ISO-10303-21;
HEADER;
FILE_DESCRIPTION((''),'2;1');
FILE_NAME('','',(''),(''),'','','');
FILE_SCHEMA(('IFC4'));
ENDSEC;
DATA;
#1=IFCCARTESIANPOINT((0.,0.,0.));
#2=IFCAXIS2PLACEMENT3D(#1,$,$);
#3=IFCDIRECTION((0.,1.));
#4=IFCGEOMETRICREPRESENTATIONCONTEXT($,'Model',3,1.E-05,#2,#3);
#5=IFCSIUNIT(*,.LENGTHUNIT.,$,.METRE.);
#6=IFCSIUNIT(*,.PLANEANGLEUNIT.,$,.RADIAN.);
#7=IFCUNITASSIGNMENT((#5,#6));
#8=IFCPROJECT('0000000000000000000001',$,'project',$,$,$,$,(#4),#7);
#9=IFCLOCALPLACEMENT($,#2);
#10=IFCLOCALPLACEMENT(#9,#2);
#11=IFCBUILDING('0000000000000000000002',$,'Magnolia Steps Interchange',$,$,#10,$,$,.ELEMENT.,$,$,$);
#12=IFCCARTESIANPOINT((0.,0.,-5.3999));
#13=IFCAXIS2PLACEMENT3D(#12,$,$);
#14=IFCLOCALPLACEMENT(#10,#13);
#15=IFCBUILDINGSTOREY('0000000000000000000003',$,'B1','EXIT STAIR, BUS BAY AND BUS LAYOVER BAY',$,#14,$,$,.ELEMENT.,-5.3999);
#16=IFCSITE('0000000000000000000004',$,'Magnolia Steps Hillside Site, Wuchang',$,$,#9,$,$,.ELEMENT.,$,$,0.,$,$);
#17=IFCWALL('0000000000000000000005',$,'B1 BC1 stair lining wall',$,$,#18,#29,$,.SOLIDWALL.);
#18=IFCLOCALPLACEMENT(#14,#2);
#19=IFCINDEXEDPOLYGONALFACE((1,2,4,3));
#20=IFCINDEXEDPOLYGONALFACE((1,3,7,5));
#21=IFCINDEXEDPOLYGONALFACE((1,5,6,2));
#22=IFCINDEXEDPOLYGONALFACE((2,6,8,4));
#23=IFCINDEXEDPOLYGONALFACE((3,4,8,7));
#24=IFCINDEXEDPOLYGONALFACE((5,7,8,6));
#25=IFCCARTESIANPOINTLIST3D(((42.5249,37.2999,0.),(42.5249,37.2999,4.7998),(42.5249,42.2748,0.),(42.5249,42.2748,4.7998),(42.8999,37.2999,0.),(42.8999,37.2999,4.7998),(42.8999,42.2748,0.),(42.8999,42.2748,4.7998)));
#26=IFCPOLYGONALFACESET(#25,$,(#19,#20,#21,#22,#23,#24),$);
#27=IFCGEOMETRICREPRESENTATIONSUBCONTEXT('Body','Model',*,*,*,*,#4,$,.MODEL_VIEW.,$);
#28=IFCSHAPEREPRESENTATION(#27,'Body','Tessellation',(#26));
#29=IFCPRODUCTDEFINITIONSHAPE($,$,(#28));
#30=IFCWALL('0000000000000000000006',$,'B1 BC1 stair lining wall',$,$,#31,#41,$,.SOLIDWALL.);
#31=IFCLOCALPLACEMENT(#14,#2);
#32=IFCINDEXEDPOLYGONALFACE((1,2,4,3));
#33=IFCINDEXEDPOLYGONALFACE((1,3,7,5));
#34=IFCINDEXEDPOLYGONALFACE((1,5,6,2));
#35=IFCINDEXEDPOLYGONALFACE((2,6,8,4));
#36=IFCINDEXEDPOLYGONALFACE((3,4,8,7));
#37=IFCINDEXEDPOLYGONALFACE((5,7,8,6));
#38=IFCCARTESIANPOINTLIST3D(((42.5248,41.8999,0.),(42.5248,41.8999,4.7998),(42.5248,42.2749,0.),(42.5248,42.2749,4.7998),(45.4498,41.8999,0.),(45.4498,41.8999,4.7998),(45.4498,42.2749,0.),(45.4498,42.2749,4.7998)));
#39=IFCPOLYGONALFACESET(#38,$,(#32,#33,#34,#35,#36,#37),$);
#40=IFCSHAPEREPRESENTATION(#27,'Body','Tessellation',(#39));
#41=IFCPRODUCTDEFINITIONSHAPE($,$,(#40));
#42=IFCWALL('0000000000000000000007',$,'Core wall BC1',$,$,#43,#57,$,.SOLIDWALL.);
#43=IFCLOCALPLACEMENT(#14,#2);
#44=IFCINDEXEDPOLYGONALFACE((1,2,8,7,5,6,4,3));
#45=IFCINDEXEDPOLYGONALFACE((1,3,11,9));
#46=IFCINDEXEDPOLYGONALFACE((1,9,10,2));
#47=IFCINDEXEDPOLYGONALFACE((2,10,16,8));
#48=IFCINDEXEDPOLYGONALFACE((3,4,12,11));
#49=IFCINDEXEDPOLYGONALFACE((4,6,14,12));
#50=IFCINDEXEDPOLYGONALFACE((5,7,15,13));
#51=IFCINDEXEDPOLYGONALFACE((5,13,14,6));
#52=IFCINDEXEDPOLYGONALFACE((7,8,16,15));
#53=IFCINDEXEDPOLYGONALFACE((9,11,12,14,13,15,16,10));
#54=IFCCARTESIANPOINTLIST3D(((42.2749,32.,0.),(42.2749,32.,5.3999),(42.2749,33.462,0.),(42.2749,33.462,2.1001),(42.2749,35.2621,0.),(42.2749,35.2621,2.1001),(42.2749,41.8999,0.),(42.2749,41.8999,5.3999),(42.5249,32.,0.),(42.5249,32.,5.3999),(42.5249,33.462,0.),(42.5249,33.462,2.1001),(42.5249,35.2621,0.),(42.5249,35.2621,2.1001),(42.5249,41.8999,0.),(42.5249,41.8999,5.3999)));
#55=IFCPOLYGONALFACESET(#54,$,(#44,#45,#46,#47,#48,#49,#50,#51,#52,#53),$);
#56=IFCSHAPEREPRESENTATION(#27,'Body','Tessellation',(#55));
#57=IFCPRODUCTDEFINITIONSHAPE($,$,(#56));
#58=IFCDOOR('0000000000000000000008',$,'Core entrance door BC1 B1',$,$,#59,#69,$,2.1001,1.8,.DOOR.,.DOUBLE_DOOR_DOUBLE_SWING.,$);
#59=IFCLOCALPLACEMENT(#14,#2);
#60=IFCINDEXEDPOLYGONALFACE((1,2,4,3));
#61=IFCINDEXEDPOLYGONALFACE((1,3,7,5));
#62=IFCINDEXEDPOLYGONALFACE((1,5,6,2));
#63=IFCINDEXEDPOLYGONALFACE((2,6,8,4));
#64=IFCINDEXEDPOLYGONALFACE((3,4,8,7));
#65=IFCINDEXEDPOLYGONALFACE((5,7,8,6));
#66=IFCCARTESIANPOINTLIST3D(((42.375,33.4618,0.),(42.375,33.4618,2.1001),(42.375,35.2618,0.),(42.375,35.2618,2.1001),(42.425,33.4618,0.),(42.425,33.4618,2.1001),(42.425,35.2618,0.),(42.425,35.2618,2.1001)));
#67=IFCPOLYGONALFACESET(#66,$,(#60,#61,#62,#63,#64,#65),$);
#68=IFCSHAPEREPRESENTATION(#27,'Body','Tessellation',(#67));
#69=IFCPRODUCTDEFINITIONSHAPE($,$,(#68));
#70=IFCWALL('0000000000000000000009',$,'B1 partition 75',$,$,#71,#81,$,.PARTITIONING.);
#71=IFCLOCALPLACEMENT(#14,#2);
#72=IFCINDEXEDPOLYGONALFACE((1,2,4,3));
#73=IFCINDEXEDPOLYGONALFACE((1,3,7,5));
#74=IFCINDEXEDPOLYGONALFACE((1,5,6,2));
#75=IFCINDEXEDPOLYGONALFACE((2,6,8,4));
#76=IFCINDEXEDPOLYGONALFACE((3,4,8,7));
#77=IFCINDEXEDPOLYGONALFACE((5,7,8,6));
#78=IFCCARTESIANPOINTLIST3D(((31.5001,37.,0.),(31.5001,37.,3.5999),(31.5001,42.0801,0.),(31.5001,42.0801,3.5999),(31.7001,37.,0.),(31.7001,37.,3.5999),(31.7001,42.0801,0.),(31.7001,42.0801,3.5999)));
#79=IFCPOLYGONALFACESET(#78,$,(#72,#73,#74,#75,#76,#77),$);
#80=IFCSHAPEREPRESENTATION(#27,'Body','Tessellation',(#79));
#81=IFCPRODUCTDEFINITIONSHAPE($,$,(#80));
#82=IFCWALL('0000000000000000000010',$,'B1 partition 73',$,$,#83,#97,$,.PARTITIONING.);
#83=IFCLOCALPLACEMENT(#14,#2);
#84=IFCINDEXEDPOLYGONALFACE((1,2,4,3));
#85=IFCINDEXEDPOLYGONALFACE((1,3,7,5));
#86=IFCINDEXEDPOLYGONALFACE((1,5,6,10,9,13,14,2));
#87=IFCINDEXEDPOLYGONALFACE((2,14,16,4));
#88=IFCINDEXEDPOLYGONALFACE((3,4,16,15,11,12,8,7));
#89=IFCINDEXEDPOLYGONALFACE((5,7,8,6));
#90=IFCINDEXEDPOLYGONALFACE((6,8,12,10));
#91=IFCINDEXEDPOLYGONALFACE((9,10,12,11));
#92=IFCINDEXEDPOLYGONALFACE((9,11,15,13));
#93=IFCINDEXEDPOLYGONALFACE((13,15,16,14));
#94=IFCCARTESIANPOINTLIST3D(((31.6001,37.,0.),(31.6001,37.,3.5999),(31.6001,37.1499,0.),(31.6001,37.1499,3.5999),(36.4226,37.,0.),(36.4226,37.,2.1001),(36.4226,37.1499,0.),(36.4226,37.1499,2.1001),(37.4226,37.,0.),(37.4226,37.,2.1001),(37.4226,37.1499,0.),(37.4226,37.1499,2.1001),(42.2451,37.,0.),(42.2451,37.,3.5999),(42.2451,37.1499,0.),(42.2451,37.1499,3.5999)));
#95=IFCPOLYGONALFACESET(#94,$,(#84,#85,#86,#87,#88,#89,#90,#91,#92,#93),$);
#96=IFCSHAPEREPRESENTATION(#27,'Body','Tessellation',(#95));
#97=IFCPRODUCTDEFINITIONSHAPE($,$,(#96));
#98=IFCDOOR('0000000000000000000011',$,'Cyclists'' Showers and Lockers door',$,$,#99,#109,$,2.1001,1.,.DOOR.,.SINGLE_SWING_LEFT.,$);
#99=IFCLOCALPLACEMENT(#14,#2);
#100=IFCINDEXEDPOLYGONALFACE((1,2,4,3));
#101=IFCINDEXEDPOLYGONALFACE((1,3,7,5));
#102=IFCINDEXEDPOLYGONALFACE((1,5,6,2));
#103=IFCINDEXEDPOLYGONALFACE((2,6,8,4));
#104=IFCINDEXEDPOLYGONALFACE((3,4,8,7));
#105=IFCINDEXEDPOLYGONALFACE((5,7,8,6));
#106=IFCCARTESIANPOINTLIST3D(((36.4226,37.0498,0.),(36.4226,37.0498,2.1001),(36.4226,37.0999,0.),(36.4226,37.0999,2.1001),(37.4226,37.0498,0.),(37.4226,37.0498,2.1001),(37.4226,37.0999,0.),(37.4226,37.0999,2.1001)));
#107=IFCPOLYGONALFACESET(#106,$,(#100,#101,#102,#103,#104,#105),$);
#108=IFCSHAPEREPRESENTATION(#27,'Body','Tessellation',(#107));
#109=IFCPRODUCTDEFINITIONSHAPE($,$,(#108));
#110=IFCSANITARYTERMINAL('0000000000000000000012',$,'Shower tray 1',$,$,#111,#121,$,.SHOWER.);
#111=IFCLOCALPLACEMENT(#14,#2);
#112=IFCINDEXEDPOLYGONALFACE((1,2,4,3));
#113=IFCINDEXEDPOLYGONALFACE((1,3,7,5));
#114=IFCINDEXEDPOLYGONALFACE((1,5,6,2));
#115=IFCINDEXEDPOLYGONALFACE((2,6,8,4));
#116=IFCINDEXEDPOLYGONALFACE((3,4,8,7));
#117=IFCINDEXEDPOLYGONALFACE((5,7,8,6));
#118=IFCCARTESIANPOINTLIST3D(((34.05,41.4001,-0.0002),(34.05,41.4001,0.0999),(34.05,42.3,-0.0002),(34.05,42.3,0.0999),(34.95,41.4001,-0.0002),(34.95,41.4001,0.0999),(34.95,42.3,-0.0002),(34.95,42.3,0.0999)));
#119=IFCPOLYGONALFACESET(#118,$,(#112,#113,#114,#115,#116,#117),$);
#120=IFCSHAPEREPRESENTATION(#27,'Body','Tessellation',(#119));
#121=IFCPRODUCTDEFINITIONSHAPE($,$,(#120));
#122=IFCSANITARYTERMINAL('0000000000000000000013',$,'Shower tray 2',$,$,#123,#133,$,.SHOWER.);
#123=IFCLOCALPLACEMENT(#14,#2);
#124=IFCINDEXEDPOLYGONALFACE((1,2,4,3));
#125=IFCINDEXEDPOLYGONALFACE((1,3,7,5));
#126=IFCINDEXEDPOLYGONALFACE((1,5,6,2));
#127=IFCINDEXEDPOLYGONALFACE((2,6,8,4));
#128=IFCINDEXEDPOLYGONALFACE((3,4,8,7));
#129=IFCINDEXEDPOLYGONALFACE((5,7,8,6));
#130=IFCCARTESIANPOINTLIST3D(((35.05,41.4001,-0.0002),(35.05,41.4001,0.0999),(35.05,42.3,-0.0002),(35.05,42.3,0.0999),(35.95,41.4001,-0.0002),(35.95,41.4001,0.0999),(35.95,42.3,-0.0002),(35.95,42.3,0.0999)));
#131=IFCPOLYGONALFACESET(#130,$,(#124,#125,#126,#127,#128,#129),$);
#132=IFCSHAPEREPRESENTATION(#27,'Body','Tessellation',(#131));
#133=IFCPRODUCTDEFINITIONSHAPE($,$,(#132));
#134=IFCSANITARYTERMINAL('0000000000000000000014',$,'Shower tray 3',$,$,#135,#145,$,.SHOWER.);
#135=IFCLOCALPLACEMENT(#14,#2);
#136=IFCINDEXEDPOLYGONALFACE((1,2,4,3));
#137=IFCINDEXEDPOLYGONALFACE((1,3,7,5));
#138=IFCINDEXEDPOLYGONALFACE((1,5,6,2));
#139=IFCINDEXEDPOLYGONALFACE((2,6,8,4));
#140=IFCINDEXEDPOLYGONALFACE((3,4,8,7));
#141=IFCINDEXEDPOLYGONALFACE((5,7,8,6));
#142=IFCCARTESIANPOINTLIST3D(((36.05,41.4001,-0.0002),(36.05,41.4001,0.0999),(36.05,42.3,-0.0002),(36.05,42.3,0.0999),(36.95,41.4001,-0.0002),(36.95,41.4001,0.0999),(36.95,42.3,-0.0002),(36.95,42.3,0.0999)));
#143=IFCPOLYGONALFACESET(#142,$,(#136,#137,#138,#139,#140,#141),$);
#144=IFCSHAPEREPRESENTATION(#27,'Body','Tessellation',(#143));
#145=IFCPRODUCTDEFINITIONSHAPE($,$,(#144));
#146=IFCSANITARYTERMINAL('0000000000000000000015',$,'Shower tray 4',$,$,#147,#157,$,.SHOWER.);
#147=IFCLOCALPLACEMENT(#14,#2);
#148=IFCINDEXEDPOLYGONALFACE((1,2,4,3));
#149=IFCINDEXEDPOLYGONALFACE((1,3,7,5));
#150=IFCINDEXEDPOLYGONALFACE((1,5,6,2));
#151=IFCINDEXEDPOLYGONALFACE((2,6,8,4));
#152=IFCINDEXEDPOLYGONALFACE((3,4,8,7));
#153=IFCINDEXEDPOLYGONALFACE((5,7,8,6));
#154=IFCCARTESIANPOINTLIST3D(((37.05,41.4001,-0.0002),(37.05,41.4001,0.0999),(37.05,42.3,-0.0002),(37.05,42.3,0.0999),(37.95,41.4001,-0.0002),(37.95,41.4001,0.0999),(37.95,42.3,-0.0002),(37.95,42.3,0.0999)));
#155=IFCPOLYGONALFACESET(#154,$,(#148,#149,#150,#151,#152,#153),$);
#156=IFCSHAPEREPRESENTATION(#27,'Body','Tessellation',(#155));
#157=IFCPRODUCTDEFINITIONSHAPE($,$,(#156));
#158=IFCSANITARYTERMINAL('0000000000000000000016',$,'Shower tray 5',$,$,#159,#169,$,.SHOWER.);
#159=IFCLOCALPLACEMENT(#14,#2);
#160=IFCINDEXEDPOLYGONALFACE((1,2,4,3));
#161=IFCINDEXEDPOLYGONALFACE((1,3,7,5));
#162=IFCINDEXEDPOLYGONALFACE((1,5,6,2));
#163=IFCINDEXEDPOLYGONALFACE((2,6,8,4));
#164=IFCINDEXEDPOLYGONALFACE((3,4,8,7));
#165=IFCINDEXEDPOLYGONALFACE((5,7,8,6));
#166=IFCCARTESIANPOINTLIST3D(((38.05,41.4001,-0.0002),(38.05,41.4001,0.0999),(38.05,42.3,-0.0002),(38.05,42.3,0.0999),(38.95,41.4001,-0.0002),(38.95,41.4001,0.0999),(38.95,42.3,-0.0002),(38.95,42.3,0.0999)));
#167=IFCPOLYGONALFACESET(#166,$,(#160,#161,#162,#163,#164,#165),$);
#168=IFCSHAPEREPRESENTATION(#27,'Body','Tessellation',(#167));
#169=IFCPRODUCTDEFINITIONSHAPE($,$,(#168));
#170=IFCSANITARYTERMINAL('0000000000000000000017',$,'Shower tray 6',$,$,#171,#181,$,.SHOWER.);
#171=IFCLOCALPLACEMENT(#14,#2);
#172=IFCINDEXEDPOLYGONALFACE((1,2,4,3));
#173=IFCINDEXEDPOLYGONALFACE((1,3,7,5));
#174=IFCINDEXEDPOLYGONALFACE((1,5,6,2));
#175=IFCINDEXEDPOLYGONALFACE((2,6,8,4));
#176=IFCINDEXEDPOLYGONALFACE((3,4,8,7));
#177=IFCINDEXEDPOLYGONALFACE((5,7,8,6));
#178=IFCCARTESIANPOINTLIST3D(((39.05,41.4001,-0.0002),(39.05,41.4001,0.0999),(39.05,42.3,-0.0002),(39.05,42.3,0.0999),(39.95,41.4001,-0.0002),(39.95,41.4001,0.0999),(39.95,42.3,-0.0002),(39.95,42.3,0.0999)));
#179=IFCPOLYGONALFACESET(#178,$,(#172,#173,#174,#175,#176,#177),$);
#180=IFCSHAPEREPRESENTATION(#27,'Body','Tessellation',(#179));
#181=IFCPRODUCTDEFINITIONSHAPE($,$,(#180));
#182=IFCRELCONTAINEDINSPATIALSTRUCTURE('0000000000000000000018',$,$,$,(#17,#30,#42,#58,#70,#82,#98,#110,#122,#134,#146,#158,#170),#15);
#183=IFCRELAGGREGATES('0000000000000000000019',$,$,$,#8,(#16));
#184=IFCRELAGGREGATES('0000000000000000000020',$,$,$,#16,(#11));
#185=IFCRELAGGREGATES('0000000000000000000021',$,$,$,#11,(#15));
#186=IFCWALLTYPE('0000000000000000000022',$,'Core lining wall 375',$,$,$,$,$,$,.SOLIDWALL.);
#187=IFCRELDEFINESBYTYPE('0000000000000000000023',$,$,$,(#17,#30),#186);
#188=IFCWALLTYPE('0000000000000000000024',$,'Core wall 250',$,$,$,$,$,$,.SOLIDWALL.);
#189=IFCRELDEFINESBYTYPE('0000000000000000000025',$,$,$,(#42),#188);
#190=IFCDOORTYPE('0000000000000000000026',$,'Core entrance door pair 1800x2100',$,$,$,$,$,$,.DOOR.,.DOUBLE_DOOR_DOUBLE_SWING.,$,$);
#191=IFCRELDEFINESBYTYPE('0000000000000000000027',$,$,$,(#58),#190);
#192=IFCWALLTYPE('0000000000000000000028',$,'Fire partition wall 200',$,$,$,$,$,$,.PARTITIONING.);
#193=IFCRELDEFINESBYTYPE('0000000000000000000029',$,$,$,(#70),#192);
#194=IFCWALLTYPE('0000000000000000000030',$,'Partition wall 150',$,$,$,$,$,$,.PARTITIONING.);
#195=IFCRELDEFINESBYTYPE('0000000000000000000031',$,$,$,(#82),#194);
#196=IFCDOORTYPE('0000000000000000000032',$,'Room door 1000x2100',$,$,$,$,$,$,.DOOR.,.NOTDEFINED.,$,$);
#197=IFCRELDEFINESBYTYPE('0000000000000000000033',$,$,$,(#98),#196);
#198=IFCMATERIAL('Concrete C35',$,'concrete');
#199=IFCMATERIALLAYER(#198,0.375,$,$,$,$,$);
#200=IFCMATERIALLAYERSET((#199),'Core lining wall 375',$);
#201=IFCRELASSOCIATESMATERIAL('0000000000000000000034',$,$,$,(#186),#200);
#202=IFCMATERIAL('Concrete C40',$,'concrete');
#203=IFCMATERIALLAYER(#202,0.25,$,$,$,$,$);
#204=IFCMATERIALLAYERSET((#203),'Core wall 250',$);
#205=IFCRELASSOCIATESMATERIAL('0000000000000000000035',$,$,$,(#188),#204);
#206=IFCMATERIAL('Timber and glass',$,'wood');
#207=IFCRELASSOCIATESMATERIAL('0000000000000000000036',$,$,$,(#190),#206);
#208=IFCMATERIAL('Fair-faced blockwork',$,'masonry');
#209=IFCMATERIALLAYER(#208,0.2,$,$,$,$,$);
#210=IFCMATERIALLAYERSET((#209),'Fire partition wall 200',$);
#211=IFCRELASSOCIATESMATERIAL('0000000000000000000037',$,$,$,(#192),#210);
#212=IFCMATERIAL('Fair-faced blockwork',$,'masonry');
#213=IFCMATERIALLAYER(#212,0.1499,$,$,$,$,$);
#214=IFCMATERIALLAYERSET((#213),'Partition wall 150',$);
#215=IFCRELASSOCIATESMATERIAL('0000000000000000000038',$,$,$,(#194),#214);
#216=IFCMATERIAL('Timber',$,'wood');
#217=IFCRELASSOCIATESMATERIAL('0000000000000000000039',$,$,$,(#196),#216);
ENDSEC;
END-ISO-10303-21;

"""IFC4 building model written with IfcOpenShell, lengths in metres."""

from ifc_helpers import new_model, si_unit, direction, frame, frame_2d, origin, origin_2d, place, context, subcontext, project, spatial, rectangle, extrude, material, layer, layer_set, type_object, element, fill, save


model = new_model("IFC4")

# Units and contexts
model_context = context("Model", 3, precision=1e-05, world=origin(), true_north=direction((0.0, 1.0)))
body_context = subcontext(model_context, "Body", "Model", "MODEL_VIEW")
ifc_project = project(units=[si_unit("LENGTHUNIT", "METRE"), si_unit("PLANEANGLEUNIT", "RADIAN")], contexts=[model_context])

# Site, building, storey
site_placement = place(None, origin())
site = spatial("IfcSite", under=ifc_project, at=site_placement, Name="Magnolia Steps Hillside Site, Wuchang", CompositionType="ELEMENT", RefElevation=0.0)
building_placement = place(site_placement, origin())
building = spatial("IfcBuilding", under=site, at=building_placement, Name="Magnolia Steps Interchange", CompositionType="ELEMENT")
storey_placement = place(building_placement, frame((0.0, 0.0, -5.3999)))
storey = spatial("IfcBuildingStorey", under=building, at=storey_placement, Name="B1", Description="EXIT STAIR, BUS BAY AND BUS LAYOVER BAY", CompositionType="ELEMENT", Elevation=-5.3999)

# Walls
ifc_material_1 = material(Name="Concrete C35", Category="concrete")
ifc_layer_1 = layer(ifc_material_1, 0.375)
ifc_layer_set_1 = layer_set([ifc_layer_1], Name="Core lining wall 375")
wall_type_1 = type_object("IfcWallType", Name="Core lining wall 375", PredefinedType="SOLIDWALL", material=ifc_layer_set_1)
wall_1_placement = place(storey_placement, frame((42.7124, 37.3, 0.0), z_axis=(0.0, 0.0, 1.0), x_axis=(0.0, 1.0, 0.0)))
element("IfcWall", 1, at=wall_1_placement, inside=storey, type_object=wall_type_1, Name="B1 BC1 stair lining wall", PredefinedType="SOLIDWALL", context=body_context, shape_type="SweptSolid", body=[
    extrude(rectangle(XDim=4.9749, YDim=0.375, at=frame_2d((2.4873, 0.0))), origin(), (0.0, 0.0, 1.0), 4.7998),
])
wall_2_placement = place(storey_placement, frame((42.5249, 42.0874, 0.0), z_axis=(0.0, 0.0, 1.0), x_axis=(1.0, 0.0, 0.0)))
element("IfcWall", 2, at=wall_2_placement, inside=storey, type_object=wall_type_1, Name="B1 BC1 stair lining wall", PredefinedType="SOLIDWALL", context=body_context, shape_type="SweptSolid", body=[
    extrude(rectangle(XDim=2.925, YDim=0.375, at=frame_2d((1.4624, 0.0))), origin(), (0.0, 0.0, 1.0), 4.7998),
])

# Wall, opening, door
ifc_material_2 = material(Name="Concrete C40", Category="concrete")
ifc_layer_2 = layer(ifc_material_2, 0.25)
ifc_layer_set_2 = layer_set([ifc_layer_2], Name="Core wall 250")
wall_type_2 = type_object("IfcWallType", Name="Core wall 250", PredefinedType="SOLIDWALL", material=ifc_layer_set_2)
wall_3_placement = place(storey_placement, frame((42.3999, 41.8999, 0.0), z_axis=(0.0, 0.0, 1.0), x_axis=(0.0, -1.0, 0.0)))
wall_3 = element("IfcWall", 3, at=wall_3_placement, inside=storey, type_object=wall_type_2, Name="Core wall BC1", PredefinedType="SOLIDWALL", context=body_context, shape_type="SweptSolid", body=[
    extrude(rectangle(XDim=9.8999, YDim=0.25, at=frame_2d((4.95, 0.0))), origin(), (0.0, 0.0, 1.0), 5.3999),
])
opening_1_placement = place(wall_3_placement, frame((6.6379, 0.0, 0.0)))
opening_1 = element("IfcOpeningElement", 4, at=opening_1_placement, cuts=wall_3, PredefinedType="OPENING", context=body_context, shape_type="SweptSolid", body=[
    extrude(rectangle(XDim=1.8, YDim=2.1001, at=frame_2d((0.8999, 1.05))), frame((0.0, 0.135, 0.0), z_axis=(0.0, -1.0, 0.0), x_axis=(1.0, 0.0, 0.0)), (0.0, 0.0, 1.0), 0.27),
])
ifc_material_3 = material(Name="Timber and glass", Category="wood")
door_type_1 = type_object("IfcDoorType", Name="Core entrance door pair 1800x2100", OperationType="DOUBLE_DOOR_DOUBLE_SWING", PredefinedType="DOOR", material=ifc_material_3)
door_1_placement = place(opening_1_placement, frame((1.8, 0.0, 0.0), z_axis=(0.0, 0.0, 1.0), x_axis=(-1.0, 0.0, 0.0)))
door_1 = element("IfcDoor", 5, at=door_1_placement, inside=storey, type_object=door_type_1, Name="Core entrance door BC1 B1", OperationType="DOUBLE_DOOR_DOUBLE_SWING", OverallHeight=2.1001, OverallWidth=1.8, PredefinedType="DOOR", context=body_context, shape_type="SweptSolid", body=[
    extrude(rectangle(XDim=1.8, YDim=2.1001, at=frame_2d((0.8999, 1.05))), frame((0.0, 0.0249, 0.0), z_axis=(0.0, -1.0, 0.0), x_axis=(1.0, 0.0, 0.0)), (0.0, 0.0, 1.0), 0.05),
])
fill(opening_1, door_1)

# Wall
ifc_material_4 = material(Name="Fair-faced blockwork", Category="masonry")
ifc_layer_3 = layer(ifc_material_4, 0.2)
ifc_layer_set_3 = layer_set([ifc_layer_3], Name="Fire partition wall 200")
wall_type_3 = type_object("IfcWallType", Name="Fire partition wall 200", PredefinedType="PARTITIONING", material=ifc_layer_set_3)
wall_4_placement = place(storey_placement, frame((31.6001, 37.0, 0.0), z_axis=(0.0, 0.0, 1.0), x_axis=(0.0, 1.0, 0.0)))
element("IfcWall", 6, at=wall_4_placement, inside=storey, type_object=wall_type_3, Name="B1 partition 75", PredefinedType="PARTITIONING", context=body_context, shape_type="SweptSolid", body=[
    extrude(rectangle(XDim=5.0801, YDim=0.2, at=frame_2d((2.54, 0.0))), origin(), (0.0, 0.0, 1.0), 3.5999),
])

# Wall, opening, door
ifc_material_5 = material(Name="Fair-faced blockwork", Category="masonry")
ifc_layer_4 = layer(ifc_material_5, 0.1499)
ifc_layer_set_4 = layer_set([ifc_layer_4], Name="Partition wall 150")
wall_type_4 = type_object("IfcWallType", Name="Partition wall 150", PredefinedType="PARTITIONING", material=ifc_layer_set_4)
wall_5_placement = place(storey_placement, frame((31.6001, 37.075, 0.0), z_axis=(0.0, 0.0, 1.0), x_axis=(1.0, 0.0, 0.0)))
wall_5 = element("IfcWall", 7, at=wall_5_placement, inside=storey, type_object=wall_type_4, Name="B1 partition 73", PredefinedType="PARTITIONING", context=body_context, shape_type="SweptSolid", body=[
    extrude(rectangle(XDim=10.645, YDim=0.1499, at=frame_2d((5.3225, 0.0))), origin(), (0.0, 0.0, 1.0), 3.5999),
])
opening_2_placement = place(wall_5_placement, frame((4.8225, 0.0, 0.0)))
opening_2 = element("IfcOpeningElement", 8, at=opening_2_placement, cuts=wall_5, PredefinedType="OPENING", context=body_context, shape_type="SweptSolid", body=[
    extrude(rectangle(XDim=1.0, YDim=2.1001, at=frame_2d((0.5, 1.05))), frame((0.0, 0.085, 0.0), z_axis=(0.0, -1.0, 0.0), x_axis=(1.0, 0.0, 0.0)), (0.0, 0.0, 1.0), 0.1699),
])
ifc_material_6 = material(Name="Timber", Category="wood")
door_type_2 = type_object("IfcDoorType", Name="Room door 1000x2100", OperationType="NOTDEFINED", PredefinedType="DOOR", material=ifc_material_6)
door_2_placement = place(opening_2_placement, origin())
door_2 = element("IfcDoor", 9, at=door_2_placement, inside=storey, type_object=door_type_2, Name="Cyclists' Showers and Lockers door", OperationType="SINGLE_SWING_LEFT", OverallHeight=2.1001, OverallWidth=1.0, PredefinedType="DOOR", context=body_context, shape_type="SweptSolid", body=[
    extrude(rectangle(XDim=1.0, YDim=2.1001, at=frame_2d((0.5, 1.05))), frame((0.0, 0.0249, 0.0), z_axis=(0.0, -1.0, 0.0), x_axis=(1.0, 0.0, 0.0)), (0.0, 0.0, 1.0), 0.05),
])
fill(opening_2, door_2)

# Sanitary terminals
for number, where, z_axis, x_axis, name in (
    (10, (34.5, 41.8501, -0.0002), (0.0, 0.0, 1.0), (1.0, 0.0, 0.0), "Shower tray 1"),
    (11, (35.5, 41.8501, -0.0002), (0.0, 0.0, 1.0), (1.0, 0.0, 0.0), "Shower tray 2"),
    (12, (36.5, 41.8501, -0.0002), (0.0, 0.0, 1.0), (1.0, 0.0, 0.0), "Shower tray 3"),
    (13, (37.5, 41.8501, -0.0002), (0.0, 0.0, 1.0), (1.0, 0.0, 0.0), "Shower tray 4"),
    (14, (38.5, 41.8501, -0.0002), (0.0, 0.0, 1.0), (1.0, 0.0, 0.0), "Shower tray 5"),
    (15, (39.5, 41.8501, -0.0002), (0.0, 0.0, 1.0), (1.0, 0.0, 0.0), "Shower tray 6"),
):
    element("IfcSanitaryTerminal", number, at=place(storey_placement, frame(where, z_axis=z_axis, x_axis=x_axis)), inside=storey, Name=name, PredefinedType="SHOWER", context=body_context, shape_type="SweptSolid", body=[
        extrude(rectangle(XDim=0.8999, YDim=0.8999, at=origin_2d()), origin(), (0.0, 0.0, 1.0), 0.1001),
    ])

save(model, "model.ifc")
